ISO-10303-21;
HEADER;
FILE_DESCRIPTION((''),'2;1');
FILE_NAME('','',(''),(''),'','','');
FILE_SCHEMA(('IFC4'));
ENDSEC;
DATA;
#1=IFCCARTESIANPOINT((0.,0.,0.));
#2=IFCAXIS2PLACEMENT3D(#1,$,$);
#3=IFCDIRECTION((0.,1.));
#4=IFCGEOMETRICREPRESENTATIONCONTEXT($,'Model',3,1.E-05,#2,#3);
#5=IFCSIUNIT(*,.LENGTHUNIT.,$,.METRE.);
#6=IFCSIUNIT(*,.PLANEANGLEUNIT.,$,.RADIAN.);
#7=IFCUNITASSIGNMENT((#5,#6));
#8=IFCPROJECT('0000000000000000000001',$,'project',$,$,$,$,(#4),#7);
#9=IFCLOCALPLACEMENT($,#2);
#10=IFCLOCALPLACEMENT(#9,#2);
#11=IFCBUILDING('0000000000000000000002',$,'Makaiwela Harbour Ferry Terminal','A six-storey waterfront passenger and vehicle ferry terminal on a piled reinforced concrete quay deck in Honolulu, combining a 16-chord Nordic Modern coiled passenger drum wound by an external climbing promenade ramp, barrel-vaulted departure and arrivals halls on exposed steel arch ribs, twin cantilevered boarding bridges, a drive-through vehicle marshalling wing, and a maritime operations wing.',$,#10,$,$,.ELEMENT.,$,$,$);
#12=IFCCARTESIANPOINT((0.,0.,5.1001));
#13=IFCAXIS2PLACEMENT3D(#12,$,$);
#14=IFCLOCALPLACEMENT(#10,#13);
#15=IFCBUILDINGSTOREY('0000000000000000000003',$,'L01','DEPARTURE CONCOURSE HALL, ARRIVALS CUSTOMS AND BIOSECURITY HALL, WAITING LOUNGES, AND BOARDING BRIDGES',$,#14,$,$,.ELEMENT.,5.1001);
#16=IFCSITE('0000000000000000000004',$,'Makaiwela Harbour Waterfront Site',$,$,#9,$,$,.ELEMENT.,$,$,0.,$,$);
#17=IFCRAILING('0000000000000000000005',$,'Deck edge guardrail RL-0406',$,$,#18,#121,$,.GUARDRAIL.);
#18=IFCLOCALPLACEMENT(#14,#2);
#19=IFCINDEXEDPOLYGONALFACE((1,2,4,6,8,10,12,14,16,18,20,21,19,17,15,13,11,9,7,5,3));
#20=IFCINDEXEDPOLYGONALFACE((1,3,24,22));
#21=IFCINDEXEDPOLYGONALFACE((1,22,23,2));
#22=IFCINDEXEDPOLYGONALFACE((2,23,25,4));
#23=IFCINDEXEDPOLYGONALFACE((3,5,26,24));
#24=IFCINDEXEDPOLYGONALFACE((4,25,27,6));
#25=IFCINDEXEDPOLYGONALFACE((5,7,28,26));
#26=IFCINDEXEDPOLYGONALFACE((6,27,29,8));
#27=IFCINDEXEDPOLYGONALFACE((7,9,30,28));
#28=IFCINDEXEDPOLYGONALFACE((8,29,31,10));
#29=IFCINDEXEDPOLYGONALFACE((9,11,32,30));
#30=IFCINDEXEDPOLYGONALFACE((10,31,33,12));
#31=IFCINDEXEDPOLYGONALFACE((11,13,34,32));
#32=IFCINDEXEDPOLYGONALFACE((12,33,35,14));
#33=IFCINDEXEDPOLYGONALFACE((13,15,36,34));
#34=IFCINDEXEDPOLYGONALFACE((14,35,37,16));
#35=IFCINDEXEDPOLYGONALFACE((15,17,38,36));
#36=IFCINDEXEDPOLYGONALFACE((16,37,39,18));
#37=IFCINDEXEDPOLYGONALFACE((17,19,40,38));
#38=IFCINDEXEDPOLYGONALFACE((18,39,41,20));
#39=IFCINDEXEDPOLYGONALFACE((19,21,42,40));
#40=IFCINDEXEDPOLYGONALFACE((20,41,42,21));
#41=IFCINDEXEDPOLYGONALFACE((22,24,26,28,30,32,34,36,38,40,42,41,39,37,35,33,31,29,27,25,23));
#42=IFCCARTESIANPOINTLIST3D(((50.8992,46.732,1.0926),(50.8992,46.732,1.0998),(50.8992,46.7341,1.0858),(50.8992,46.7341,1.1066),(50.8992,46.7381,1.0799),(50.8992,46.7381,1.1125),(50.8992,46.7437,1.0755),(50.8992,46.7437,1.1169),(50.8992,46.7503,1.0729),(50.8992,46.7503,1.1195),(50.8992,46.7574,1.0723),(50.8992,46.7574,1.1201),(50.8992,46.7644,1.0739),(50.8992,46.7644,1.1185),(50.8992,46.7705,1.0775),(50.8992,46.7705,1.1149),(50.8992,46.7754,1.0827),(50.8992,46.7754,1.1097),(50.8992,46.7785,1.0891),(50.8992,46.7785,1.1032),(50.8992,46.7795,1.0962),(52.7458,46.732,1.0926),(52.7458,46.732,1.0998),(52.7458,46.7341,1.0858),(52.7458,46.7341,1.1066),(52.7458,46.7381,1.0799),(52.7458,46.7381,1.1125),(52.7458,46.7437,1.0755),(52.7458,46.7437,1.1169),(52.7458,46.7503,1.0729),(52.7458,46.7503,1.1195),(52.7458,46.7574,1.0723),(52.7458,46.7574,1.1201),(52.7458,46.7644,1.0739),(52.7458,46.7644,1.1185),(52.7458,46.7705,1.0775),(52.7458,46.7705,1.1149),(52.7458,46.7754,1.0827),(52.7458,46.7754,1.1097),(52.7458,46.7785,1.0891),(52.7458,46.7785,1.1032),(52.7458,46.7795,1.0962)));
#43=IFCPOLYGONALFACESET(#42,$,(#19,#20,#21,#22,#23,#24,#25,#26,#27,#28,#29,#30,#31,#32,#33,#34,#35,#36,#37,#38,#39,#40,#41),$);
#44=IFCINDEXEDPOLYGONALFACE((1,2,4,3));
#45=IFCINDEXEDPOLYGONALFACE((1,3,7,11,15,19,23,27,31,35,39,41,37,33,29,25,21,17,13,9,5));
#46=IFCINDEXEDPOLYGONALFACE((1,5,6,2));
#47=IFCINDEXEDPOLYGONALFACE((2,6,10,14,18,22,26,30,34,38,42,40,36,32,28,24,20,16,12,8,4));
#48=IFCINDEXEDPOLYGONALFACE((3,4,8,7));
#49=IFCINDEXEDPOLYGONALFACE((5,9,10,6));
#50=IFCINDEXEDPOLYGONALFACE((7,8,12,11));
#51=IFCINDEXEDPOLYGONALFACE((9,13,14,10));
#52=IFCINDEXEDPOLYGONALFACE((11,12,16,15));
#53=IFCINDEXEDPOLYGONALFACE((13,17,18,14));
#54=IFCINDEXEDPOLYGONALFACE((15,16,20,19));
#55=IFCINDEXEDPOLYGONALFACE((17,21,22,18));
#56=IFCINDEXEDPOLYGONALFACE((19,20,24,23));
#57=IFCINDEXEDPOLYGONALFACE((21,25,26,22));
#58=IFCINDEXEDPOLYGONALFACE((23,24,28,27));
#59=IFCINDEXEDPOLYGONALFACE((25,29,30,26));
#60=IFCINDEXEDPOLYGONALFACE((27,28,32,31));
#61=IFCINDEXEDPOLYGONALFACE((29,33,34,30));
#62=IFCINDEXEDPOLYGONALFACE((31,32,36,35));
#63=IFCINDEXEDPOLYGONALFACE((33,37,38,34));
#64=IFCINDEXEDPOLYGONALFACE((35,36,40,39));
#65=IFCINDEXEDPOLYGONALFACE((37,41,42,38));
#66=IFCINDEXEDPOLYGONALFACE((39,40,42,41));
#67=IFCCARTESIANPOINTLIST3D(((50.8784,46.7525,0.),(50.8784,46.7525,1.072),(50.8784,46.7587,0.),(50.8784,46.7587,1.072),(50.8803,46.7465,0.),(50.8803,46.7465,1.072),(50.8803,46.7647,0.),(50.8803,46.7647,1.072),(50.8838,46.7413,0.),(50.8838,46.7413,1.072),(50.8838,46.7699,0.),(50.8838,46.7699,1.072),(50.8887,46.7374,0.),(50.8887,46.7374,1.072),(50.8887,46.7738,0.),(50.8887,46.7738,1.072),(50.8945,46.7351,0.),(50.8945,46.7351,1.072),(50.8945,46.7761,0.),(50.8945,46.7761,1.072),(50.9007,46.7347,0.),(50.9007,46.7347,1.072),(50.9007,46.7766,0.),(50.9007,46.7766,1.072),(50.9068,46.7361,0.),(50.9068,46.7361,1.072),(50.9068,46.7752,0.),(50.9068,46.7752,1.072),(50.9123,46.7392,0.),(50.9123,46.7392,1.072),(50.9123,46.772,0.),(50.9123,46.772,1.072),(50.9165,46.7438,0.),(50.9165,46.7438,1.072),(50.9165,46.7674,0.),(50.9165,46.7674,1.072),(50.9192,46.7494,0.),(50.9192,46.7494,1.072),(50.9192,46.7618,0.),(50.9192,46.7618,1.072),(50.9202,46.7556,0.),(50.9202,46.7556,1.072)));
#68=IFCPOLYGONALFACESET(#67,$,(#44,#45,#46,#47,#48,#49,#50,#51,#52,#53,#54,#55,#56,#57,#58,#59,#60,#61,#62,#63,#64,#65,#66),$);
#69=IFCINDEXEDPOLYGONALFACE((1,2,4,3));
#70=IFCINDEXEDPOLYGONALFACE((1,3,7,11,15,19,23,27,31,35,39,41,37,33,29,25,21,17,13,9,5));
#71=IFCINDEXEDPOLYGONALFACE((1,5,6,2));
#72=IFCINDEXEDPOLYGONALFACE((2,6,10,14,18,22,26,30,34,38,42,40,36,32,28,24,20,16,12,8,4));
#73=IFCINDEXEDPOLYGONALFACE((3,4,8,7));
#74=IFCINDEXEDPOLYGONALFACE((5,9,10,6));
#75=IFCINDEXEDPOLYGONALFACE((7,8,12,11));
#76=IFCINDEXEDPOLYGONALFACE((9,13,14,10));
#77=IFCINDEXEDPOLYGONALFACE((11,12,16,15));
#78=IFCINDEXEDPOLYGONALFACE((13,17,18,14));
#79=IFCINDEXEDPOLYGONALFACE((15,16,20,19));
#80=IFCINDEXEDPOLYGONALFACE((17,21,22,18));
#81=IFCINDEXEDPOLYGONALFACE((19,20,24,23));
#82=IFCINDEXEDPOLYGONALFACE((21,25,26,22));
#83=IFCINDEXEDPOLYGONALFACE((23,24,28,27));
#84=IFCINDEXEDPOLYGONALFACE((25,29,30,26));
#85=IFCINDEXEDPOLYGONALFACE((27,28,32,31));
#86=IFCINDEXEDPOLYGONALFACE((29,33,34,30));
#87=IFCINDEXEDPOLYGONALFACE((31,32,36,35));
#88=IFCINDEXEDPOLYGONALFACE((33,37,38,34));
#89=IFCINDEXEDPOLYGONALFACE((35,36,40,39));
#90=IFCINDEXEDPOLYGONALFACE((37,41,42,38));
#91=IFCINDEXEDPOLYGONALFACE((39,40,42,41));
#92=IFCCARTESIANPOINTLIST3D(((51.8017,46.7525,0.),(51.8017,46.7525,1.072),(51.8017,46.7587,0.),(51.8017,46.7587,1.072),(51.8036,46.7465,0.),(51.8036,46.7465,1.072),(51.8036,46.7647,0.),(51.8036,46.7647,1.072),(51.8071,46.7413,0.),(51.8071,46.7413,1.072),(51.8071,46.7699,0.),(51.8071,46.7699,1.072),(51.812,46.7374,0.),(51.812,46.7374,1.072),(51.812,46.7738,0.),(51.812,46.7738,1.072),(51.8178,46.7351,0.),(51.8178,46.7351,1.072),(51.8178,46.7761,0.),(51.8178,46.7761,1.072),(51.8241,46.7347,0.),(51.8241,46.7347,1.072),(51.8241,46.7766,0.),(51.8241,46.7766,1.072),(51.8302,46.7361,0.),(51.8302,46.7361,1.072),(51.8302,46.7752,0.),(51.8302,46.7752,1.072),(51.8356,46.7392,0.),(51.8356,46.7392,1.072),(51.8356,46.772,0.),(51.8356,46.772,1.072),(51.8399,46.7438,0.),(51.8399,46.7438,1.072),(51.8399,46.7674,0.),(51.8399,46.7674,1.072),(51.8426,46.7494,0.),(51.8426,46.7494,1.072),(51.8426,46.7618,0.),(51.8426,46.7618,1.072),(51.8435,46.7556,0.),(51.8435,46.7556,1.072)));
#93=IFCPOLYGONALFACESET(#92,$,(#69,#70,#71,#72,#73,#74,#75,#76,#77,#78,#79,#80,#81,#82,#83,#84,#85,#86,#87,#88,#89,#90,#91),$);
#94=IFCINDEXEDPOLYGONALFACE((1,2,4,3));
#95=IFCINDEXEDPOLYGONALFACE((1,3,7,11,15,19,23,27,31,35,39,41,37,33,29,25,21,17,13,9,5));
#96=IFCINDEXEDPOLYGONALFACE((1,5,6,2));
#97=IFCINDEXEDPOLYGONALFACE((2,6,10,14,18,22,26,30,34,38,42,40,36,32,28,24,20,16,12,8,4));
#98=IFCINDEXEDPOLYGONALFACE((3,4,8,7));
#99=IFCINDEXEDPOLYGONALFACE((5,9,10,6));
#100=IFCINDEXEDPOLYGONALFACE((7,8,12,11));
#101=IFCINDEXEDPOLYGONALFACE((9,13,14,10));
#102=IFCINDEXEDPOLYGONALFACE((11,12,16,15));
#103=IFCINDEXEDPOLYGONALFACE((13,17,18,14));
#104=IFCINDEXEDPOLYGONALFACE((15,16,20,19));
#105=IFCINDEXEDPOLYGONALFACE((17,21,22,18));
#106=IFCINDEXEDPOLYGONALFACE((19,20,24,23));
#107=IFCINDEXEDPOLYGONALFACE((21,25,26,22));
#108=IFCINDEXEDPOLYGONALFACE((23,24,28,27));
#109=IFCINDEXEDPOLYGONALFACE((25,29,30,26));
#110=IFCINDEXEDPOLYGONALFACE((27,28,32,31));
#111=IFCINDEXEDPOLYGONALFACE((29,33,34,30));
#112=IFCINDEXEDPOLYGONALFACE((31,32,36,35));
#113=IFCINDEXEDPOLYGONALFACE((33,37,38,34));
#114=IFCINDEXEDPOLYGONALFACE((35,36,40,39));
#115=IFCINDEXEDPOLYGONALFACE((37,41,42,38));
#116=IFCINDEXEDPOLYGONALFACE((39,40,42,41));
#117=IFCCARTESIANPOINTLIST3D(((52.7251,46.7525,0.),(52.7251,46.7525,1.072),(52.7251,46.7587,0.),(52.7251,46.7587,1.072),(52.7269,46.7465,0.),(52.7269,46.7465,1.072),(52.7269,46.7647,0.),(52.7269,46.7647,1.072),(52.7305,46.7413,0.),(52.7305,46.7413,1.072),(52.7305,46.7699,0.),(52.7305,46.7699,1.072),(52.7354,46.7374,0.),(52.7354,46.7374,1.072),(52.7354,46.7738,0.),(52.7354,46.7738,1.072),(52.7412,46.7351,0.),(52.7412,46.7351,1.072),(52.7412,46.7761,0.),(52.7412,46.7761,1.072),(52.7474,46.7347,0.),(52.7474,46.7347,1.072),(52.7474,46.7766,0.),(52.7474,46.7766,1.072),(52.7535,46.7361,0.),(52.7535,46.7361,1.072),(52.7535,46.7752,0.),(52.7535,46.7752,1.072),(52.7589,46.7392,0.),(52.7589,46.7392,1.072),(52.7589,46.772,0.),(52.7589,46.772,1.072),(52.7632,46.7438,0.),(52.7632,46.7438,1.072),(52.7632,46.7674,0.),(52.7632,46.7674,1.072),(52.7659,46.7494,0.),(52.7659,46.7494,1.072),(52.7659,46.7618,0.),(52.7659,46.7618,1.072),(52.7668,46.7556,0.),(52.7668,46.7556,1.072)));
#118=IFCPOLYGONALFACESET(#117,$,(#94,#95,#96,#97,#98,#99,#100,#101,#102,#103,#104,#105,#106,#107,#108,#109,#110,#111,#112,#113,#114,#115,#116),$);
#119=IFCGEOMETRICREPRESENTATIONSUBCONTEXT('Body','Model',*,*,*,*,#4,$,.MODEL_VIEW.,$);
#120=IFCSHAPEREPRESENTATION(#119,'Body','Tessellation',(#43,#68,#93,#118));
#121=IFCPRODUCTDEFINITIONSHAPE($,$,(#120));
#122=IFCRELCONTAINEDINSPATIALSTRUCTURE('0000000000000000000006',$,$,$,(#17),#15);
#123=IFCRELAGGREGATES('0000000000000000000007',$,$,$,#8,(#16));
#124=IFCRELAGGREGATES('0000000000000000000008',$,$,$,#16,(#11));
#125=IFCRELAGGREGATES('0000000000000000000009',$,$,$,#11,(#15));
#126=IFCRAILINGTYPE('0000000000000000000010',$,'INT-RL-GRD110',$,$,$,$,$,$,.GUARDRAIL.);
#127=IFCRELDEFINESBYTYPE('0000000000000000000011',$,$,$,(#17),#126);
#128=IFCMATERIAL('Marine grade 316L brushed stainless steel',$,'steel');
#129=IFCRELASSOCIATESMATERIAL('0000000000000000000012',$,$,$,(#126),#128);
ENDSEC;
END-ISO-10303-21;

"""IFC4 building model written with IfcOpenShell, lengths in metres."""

from ifc_helpers import new_model, si_unit, direction, frame, origin, origin_2d, place, context, subcontext, project, spatial, circle, extrude, material, type_object, element, save


model = new_model("IFC4")

# Units and contexts
model_context = context("Model", 3, precision=1e-05, world=origin(), true_north=direction((0.0, 1.0)))
body_context = subcontext(model_context, "Body", "Model", "MODEL_VIEW")
ifc_project = project(units=[si_unit("LENGTHUNIT", "METRE"), si_unit("PLANEANGLEUNIT", "RADIAN")], contexts=[model_context])

# Site, building, storey
site_placement = place(None, origin())
site = spatial("IfcSite", under=ifc_project, at=site_placement, Name="Makaiwela Harbour Waterfront Site", CompositionType="ELEMENT", RefElevation=0.0)
building_placement = place(site_placement, origin())
building = spatial("IfcBuilding", under=site, at=building_placement, Name="Makaiwela Harbour Ferry Terminal", Description="A six-storey waterfront passenger and vehicle ferry terminal on a piled reinforced concrete quay deck in Honolulu, combining a 16-chord Nordic Modern coiled passenger drum wound by an external climbing promenade ramp, barrel-vaulted departure and arrivals halls on exposed steel arch ribs, twin cantilevered boarding bridges, a drive-through vehicle marshalling wing, and a maritime operations wing.", CompositionType="ELEMENT")
storey_placement = place(building_placement, frame((0.0, 0.0, 5.1001)))
storey = spatial("IfcBuildingStorey", under=building, at=storey_placement, Name="L01", Description="DEPARTURE CONCOURSE HALL, ARRIVALS CUSTOMS AND BIOSECURITY HALL, WAITING LOUNGES, AND BOARDING BRIDGES", CompositionType="ELEMENT", Elevation=5.1001)

# Railing
ifc_material_1 = material(Name="Marine grade 316L brushed stainless steel", Category="steel")
railing_type = type_object("IfcRailingType", Name="INT-RL-GRD110", PredefinedType="GUARDRAIL", material=ifc_material_1)
railing_1_placement = place(storey_placement, frame((50.8992, 46.7556, 0.0)))
element("IfcRailing", 1, at=railing_1_placement, inside=storey, type_object=railing_type, Name="Deck edge guardrail RL-0406", PredefinedType="GUARDRAIL", context=body_context, shape_type="SweptSolid", body=[
    extrude(circle(Radius=0.0239, at=origin_2d()), frame((0.0, 0.0, 1.0962), z_axis=(1.0, 0.0, 0.0), x_axis=(0.0, 1.0, 0.0)), (0.0, 0.0, 1.0), 1.8467),
    extrude(circle(Radius=0.021, at=origin_2d()), origin(), (0.0, 0.0, 1.0), 1.072),
    extrude(circle(Radius=0.021, at=origin_2d()), frame((0.9233, 0.0, 0.0)), (0.0, 0.0, 1.0), 1.072),
    extrude(circle(Radius=0.021, at=origin_2d()), frame((1.8467, 0.0, 0.0)), (0.0, 0.0, 1.0), 1.072),
])

save(model, "model.ifc")
